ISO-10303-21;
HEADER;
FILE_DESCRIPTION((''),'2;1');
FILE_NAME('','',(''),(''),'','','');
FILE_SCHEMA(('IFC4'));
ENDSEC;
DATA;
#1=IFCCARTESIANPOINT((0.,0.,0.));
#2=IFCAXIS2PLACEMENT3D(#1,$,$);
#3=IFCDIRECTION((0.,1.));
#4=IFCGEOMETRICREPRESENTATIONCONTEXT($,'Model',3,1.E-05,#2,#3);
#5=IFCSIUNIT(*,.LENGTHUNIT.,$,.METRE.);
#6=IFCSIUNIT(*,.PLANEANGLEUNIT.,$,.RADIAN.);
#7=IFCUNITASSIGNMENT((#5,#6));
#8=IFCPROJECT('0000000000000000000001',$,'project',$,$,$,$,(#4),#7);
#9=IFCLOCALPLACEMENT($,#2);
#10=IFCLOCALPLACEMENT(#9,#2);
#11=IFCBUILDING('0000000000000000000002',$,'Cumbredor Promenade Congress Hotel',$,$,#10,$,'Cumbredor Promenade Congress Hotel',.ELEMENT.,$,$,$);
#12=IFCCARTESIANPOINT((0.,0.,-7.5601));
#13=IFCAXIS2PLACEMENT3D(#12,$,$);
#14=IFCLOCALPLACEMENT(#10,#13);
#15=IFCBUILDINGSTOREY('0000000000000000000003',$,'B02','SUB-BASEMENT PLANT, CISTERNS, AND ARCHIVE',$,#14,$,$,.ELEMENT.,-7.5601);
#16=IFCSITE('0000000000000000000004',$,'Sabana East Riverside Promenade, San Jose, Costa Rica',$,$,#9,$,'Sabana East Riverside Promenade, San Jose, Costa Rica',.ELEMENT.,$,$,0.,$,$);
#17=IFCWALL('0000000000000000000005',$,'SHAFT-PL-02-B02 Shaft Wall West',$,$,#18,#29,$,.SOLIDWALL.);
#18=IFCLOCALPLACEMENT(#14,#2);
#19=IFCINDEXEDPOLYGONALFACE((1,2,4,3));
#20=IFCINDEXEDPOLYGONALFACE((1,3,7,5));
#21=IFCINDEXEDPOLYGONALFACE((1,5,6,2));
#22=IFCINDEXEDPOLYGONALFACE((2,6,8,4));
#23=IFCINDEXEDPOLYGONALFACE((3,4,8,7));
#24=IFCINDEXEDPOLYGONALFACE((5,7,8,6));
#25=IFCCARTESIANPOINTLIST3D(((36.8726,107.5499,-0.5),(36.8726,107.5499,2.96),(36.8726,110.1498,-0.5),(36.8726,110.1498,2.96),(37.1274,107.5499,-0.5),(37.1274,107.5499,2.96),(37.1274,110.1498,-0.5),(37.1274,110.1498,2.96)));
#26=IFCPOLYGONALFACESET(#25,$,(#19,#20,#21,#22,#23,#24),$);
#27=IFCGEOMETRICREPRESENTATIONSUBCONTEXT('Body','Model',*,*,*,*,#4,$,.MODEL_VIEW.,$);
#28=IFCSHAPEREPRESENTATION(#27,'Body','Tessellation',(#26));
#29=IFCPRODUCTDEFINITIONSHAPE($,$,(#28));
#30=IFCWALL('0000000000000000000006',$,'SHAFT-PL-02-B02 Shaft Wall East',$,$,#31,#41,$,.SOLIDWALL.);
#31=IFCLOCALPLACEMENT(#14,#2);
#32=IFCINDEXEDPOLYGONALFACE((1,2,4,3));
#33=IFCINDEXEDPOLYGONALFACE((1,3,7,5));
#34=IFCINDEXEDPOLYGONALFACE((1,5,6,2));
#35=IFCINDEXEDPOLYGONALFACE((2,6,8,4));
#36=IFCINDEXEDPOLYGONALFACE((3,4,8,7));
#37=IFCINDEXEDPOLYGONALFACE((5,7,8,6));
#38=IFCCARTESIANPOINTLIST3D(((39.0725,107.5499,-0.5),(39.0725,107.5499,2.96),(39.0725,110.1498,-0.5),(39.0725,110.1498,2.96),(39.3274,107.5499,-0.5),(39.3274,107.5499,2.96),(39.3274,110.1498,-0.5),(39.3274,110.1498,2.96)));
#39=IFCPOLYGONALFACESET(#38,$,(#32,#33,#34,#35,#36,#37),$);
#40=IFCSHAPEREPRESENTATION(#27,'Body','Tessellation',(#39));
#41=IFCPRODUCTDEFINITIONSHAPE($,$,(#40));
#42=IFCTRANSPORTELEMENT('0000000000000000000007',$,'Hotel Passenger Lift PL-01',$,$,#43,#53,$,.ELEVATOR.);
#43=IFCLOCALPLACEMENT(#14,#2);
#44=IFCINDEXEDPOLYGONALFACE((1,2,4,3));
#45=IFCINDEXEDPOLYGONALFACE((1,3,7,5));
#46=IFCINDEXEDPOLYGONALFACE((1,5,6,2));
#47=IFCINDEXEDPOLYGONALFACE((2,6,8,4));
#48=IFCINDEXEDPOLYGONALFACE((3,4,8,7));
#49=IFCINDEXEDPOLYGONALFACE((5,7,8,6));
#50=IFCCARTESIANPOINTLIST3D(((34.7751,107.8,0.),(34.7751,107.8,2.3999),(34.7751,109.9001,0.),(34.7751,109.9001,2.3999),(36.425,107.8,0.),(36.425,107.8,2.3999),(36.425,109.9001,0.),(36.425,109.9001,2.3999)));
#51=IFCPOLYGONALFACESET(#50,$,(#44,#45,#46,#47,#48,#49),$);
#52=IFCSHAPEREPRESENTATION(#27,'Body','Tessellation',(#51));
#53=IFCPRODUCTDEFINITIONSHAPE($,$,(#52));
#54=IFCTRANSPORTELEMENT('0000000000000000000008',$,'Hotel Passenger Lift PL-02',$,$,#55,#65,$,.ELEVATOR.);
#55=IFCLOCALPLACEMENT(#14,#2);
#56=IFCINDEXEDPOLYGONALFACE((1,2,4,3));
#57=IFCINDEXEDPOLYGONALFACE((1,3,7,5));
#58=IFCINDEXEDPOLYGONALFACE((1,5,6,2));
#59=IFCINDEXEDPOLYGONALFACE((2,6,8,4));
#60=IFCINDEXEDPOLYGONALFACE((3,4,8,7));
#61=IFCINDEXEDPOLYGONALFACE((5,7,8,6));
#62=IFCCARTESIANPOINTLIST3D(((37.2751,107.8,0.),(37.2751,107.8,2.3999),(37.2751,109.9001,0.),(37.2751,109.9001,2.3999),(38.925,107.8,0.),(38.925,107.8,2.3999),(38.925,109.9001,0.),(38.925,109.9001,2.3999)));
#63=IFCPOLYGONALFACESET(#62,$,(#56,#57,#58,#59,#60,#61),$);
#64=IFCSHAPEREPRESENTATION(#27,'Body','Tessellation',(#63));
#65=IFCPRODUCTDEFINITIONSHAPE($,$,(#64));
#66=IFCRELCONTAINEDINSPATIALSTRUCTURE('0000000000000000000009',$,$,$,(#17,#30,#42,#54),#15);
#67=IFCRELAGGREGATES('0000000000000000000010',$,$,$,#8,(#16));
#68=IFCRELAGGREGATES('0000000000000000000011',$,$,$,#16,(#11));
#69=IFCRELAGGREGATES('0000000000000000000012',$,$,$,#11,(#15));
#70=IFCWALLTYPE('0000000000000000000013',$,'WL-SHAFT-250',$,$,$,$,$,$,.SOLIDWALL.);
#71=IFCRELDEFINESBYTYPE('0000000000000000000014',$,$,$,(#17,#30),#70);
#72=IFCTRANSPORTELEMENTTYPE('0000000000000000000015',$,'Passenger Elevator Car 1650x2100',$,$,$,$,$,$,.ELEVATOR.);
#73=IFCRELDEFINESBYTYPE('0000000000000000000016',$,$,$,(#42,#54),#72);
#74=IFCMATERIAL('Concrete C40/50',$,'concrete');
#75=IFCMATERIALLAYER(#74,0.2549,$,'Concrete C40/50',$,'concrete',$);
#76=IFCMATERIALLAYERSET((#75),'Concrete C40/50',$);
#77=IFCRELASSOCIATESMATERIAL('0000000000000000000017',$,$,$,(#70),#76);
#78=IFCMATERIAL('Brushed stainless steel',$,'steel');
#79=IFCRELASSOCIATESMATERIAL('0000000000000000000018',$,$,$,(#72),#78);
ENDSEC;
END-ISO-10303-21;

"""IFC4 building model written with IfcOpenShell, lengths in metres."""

from ifc_helpers import new_model, si_unit, direction, frame, frame_2d, origin, origin_2d, place, context, subcontext, project, spatial, rectangle, extrude, material, layer, layer_set, type_object, element, save


model = new_model("IFC4")

# Units and contexts
model_context = context("Model", 3, precision=1e-05, world=origin(), true_north=direction((0.0, 1.0)))
body_context = subcontext(model_context, "Body", "Model", "MODEL_VIEW")
ifc_project = project(units=[si_unit("LENGTHUNIT", "METRE"), si_unit("PLANEANGLEUNIT", "RADIAN")], contexts=[model_context])

# Site, building, storey
site_placement = place(None, origin())
site = spatial("IfcSite", under=ifc_project, at=site_placement, Name="Sabana East Riverside Promenade, San Jose, Costa Rica", LongName="Sabana East Riverside Promenade, San Jose, Costa Rica", CompositionType="ELEMENT", RefElevation=0.0)
building_placement = place(site_placement, origin())
building = spatial("IfcBuilding", under=site, at=building_placement, Name="Cumbredor Promenade Congress Hotel", LongName="Cumbredor Promenade Congress Hotel", CompositionType="ELEMENT")
storey_placement = place(building_placement, frame((0.0, 0.0, -7.5601)))
storey = spatial("IfcBuildingStorey", under=building, at=storey_placement, Name="B02", Description="SUB-BASEMENT PLANT, CISTERNS, AND ARCHIVE", CompositionType="ELEMENT", Elevation=-7.5601)

# Shared definitions
ifc_material_1 = material(Name="Concrete C40/50", Category="concrete")

# Shared definitions
ifc_layer = layer(ifc_material_1, 0.2549, Name="Concrete C40/50", Category="concrete")
ifc_layer_set = layer_set([ifc_layer], Name="Concrete C40/50")
wall_type = type_object("IfcWallType", Name="WL-SHAFT-250", PredefinedType="SOLIDWALL", material=ifc_layer_set)
ifc_material_2 = material(Name="Brushed stainless steel", Category="steel")

# Walls
for number, where, z_axis, x_axis, name in (
    (1, (37.0, 107.55, -0.5), (0.0, 0.0, 1.0), (0.0, 1.0, 0.0), "SHAFT-PL-02-B02 Shaft Wall West"),
    (2, (39.2, 107.55, -0.5), (0.0, 0.0, 1.0), (0.0, 1.0, 0.0), "SHAFT-PL-02-B02 Shaft Wall East"),
):
    element("IfcWall", number, at=place(storey_placement, frame(where, z_axis=z_axis, x_axis=x_axis)), inside=storey, type_object=wall_type, Name=name, PredefinedType="SOLIDWALL", context=body_context, shape_type="SweptSolid", body=[
        extrude(rectangle(XDim=2.5999, YDim=0.2549, at=frame_2d((1.2998, 0.0))), origin(), (0.0, 0.0, 1.0), 3.46),
    ])

# Transport elements
transport_element_type = type_object("IfcTransportElementType", Name="Passenger Elevator Car 1650x2100", PredefinedType="ELEVATOR", material=ifc_material_2)
for number, where, z_axis, x_axis, name in (
    (3, (35.6001, 108.8501, 0.0), (0.0, 0.0, 1.0), (1.0, 0.0, 0.0), "Hotel Passenger Lift PL-01"),
    (4, (38.1001, 108.8501, 0.0), (0.0, 0.0, 1.0), (1.0, 0.0, 0.0), "Hotel Passenger Lift PL-02"),
):
    element("IfcTransportElement", number, at=place(storey_placement, frame(where, z_axis=z_axis, x_axis=x_axis)), inside=storey, type_object=transport_element_type, Name=name, PredefinedType="ELEVATOR", context=body_context, shape_type="SweptSolid", body=[
        extrude(rectangle(XDim=1.6499, YDim=2.1001, at=origin_2d()), origin(), (0.0, 0.0, 1.0), 2.3999),
    ])

save(model, "model.ifc")
